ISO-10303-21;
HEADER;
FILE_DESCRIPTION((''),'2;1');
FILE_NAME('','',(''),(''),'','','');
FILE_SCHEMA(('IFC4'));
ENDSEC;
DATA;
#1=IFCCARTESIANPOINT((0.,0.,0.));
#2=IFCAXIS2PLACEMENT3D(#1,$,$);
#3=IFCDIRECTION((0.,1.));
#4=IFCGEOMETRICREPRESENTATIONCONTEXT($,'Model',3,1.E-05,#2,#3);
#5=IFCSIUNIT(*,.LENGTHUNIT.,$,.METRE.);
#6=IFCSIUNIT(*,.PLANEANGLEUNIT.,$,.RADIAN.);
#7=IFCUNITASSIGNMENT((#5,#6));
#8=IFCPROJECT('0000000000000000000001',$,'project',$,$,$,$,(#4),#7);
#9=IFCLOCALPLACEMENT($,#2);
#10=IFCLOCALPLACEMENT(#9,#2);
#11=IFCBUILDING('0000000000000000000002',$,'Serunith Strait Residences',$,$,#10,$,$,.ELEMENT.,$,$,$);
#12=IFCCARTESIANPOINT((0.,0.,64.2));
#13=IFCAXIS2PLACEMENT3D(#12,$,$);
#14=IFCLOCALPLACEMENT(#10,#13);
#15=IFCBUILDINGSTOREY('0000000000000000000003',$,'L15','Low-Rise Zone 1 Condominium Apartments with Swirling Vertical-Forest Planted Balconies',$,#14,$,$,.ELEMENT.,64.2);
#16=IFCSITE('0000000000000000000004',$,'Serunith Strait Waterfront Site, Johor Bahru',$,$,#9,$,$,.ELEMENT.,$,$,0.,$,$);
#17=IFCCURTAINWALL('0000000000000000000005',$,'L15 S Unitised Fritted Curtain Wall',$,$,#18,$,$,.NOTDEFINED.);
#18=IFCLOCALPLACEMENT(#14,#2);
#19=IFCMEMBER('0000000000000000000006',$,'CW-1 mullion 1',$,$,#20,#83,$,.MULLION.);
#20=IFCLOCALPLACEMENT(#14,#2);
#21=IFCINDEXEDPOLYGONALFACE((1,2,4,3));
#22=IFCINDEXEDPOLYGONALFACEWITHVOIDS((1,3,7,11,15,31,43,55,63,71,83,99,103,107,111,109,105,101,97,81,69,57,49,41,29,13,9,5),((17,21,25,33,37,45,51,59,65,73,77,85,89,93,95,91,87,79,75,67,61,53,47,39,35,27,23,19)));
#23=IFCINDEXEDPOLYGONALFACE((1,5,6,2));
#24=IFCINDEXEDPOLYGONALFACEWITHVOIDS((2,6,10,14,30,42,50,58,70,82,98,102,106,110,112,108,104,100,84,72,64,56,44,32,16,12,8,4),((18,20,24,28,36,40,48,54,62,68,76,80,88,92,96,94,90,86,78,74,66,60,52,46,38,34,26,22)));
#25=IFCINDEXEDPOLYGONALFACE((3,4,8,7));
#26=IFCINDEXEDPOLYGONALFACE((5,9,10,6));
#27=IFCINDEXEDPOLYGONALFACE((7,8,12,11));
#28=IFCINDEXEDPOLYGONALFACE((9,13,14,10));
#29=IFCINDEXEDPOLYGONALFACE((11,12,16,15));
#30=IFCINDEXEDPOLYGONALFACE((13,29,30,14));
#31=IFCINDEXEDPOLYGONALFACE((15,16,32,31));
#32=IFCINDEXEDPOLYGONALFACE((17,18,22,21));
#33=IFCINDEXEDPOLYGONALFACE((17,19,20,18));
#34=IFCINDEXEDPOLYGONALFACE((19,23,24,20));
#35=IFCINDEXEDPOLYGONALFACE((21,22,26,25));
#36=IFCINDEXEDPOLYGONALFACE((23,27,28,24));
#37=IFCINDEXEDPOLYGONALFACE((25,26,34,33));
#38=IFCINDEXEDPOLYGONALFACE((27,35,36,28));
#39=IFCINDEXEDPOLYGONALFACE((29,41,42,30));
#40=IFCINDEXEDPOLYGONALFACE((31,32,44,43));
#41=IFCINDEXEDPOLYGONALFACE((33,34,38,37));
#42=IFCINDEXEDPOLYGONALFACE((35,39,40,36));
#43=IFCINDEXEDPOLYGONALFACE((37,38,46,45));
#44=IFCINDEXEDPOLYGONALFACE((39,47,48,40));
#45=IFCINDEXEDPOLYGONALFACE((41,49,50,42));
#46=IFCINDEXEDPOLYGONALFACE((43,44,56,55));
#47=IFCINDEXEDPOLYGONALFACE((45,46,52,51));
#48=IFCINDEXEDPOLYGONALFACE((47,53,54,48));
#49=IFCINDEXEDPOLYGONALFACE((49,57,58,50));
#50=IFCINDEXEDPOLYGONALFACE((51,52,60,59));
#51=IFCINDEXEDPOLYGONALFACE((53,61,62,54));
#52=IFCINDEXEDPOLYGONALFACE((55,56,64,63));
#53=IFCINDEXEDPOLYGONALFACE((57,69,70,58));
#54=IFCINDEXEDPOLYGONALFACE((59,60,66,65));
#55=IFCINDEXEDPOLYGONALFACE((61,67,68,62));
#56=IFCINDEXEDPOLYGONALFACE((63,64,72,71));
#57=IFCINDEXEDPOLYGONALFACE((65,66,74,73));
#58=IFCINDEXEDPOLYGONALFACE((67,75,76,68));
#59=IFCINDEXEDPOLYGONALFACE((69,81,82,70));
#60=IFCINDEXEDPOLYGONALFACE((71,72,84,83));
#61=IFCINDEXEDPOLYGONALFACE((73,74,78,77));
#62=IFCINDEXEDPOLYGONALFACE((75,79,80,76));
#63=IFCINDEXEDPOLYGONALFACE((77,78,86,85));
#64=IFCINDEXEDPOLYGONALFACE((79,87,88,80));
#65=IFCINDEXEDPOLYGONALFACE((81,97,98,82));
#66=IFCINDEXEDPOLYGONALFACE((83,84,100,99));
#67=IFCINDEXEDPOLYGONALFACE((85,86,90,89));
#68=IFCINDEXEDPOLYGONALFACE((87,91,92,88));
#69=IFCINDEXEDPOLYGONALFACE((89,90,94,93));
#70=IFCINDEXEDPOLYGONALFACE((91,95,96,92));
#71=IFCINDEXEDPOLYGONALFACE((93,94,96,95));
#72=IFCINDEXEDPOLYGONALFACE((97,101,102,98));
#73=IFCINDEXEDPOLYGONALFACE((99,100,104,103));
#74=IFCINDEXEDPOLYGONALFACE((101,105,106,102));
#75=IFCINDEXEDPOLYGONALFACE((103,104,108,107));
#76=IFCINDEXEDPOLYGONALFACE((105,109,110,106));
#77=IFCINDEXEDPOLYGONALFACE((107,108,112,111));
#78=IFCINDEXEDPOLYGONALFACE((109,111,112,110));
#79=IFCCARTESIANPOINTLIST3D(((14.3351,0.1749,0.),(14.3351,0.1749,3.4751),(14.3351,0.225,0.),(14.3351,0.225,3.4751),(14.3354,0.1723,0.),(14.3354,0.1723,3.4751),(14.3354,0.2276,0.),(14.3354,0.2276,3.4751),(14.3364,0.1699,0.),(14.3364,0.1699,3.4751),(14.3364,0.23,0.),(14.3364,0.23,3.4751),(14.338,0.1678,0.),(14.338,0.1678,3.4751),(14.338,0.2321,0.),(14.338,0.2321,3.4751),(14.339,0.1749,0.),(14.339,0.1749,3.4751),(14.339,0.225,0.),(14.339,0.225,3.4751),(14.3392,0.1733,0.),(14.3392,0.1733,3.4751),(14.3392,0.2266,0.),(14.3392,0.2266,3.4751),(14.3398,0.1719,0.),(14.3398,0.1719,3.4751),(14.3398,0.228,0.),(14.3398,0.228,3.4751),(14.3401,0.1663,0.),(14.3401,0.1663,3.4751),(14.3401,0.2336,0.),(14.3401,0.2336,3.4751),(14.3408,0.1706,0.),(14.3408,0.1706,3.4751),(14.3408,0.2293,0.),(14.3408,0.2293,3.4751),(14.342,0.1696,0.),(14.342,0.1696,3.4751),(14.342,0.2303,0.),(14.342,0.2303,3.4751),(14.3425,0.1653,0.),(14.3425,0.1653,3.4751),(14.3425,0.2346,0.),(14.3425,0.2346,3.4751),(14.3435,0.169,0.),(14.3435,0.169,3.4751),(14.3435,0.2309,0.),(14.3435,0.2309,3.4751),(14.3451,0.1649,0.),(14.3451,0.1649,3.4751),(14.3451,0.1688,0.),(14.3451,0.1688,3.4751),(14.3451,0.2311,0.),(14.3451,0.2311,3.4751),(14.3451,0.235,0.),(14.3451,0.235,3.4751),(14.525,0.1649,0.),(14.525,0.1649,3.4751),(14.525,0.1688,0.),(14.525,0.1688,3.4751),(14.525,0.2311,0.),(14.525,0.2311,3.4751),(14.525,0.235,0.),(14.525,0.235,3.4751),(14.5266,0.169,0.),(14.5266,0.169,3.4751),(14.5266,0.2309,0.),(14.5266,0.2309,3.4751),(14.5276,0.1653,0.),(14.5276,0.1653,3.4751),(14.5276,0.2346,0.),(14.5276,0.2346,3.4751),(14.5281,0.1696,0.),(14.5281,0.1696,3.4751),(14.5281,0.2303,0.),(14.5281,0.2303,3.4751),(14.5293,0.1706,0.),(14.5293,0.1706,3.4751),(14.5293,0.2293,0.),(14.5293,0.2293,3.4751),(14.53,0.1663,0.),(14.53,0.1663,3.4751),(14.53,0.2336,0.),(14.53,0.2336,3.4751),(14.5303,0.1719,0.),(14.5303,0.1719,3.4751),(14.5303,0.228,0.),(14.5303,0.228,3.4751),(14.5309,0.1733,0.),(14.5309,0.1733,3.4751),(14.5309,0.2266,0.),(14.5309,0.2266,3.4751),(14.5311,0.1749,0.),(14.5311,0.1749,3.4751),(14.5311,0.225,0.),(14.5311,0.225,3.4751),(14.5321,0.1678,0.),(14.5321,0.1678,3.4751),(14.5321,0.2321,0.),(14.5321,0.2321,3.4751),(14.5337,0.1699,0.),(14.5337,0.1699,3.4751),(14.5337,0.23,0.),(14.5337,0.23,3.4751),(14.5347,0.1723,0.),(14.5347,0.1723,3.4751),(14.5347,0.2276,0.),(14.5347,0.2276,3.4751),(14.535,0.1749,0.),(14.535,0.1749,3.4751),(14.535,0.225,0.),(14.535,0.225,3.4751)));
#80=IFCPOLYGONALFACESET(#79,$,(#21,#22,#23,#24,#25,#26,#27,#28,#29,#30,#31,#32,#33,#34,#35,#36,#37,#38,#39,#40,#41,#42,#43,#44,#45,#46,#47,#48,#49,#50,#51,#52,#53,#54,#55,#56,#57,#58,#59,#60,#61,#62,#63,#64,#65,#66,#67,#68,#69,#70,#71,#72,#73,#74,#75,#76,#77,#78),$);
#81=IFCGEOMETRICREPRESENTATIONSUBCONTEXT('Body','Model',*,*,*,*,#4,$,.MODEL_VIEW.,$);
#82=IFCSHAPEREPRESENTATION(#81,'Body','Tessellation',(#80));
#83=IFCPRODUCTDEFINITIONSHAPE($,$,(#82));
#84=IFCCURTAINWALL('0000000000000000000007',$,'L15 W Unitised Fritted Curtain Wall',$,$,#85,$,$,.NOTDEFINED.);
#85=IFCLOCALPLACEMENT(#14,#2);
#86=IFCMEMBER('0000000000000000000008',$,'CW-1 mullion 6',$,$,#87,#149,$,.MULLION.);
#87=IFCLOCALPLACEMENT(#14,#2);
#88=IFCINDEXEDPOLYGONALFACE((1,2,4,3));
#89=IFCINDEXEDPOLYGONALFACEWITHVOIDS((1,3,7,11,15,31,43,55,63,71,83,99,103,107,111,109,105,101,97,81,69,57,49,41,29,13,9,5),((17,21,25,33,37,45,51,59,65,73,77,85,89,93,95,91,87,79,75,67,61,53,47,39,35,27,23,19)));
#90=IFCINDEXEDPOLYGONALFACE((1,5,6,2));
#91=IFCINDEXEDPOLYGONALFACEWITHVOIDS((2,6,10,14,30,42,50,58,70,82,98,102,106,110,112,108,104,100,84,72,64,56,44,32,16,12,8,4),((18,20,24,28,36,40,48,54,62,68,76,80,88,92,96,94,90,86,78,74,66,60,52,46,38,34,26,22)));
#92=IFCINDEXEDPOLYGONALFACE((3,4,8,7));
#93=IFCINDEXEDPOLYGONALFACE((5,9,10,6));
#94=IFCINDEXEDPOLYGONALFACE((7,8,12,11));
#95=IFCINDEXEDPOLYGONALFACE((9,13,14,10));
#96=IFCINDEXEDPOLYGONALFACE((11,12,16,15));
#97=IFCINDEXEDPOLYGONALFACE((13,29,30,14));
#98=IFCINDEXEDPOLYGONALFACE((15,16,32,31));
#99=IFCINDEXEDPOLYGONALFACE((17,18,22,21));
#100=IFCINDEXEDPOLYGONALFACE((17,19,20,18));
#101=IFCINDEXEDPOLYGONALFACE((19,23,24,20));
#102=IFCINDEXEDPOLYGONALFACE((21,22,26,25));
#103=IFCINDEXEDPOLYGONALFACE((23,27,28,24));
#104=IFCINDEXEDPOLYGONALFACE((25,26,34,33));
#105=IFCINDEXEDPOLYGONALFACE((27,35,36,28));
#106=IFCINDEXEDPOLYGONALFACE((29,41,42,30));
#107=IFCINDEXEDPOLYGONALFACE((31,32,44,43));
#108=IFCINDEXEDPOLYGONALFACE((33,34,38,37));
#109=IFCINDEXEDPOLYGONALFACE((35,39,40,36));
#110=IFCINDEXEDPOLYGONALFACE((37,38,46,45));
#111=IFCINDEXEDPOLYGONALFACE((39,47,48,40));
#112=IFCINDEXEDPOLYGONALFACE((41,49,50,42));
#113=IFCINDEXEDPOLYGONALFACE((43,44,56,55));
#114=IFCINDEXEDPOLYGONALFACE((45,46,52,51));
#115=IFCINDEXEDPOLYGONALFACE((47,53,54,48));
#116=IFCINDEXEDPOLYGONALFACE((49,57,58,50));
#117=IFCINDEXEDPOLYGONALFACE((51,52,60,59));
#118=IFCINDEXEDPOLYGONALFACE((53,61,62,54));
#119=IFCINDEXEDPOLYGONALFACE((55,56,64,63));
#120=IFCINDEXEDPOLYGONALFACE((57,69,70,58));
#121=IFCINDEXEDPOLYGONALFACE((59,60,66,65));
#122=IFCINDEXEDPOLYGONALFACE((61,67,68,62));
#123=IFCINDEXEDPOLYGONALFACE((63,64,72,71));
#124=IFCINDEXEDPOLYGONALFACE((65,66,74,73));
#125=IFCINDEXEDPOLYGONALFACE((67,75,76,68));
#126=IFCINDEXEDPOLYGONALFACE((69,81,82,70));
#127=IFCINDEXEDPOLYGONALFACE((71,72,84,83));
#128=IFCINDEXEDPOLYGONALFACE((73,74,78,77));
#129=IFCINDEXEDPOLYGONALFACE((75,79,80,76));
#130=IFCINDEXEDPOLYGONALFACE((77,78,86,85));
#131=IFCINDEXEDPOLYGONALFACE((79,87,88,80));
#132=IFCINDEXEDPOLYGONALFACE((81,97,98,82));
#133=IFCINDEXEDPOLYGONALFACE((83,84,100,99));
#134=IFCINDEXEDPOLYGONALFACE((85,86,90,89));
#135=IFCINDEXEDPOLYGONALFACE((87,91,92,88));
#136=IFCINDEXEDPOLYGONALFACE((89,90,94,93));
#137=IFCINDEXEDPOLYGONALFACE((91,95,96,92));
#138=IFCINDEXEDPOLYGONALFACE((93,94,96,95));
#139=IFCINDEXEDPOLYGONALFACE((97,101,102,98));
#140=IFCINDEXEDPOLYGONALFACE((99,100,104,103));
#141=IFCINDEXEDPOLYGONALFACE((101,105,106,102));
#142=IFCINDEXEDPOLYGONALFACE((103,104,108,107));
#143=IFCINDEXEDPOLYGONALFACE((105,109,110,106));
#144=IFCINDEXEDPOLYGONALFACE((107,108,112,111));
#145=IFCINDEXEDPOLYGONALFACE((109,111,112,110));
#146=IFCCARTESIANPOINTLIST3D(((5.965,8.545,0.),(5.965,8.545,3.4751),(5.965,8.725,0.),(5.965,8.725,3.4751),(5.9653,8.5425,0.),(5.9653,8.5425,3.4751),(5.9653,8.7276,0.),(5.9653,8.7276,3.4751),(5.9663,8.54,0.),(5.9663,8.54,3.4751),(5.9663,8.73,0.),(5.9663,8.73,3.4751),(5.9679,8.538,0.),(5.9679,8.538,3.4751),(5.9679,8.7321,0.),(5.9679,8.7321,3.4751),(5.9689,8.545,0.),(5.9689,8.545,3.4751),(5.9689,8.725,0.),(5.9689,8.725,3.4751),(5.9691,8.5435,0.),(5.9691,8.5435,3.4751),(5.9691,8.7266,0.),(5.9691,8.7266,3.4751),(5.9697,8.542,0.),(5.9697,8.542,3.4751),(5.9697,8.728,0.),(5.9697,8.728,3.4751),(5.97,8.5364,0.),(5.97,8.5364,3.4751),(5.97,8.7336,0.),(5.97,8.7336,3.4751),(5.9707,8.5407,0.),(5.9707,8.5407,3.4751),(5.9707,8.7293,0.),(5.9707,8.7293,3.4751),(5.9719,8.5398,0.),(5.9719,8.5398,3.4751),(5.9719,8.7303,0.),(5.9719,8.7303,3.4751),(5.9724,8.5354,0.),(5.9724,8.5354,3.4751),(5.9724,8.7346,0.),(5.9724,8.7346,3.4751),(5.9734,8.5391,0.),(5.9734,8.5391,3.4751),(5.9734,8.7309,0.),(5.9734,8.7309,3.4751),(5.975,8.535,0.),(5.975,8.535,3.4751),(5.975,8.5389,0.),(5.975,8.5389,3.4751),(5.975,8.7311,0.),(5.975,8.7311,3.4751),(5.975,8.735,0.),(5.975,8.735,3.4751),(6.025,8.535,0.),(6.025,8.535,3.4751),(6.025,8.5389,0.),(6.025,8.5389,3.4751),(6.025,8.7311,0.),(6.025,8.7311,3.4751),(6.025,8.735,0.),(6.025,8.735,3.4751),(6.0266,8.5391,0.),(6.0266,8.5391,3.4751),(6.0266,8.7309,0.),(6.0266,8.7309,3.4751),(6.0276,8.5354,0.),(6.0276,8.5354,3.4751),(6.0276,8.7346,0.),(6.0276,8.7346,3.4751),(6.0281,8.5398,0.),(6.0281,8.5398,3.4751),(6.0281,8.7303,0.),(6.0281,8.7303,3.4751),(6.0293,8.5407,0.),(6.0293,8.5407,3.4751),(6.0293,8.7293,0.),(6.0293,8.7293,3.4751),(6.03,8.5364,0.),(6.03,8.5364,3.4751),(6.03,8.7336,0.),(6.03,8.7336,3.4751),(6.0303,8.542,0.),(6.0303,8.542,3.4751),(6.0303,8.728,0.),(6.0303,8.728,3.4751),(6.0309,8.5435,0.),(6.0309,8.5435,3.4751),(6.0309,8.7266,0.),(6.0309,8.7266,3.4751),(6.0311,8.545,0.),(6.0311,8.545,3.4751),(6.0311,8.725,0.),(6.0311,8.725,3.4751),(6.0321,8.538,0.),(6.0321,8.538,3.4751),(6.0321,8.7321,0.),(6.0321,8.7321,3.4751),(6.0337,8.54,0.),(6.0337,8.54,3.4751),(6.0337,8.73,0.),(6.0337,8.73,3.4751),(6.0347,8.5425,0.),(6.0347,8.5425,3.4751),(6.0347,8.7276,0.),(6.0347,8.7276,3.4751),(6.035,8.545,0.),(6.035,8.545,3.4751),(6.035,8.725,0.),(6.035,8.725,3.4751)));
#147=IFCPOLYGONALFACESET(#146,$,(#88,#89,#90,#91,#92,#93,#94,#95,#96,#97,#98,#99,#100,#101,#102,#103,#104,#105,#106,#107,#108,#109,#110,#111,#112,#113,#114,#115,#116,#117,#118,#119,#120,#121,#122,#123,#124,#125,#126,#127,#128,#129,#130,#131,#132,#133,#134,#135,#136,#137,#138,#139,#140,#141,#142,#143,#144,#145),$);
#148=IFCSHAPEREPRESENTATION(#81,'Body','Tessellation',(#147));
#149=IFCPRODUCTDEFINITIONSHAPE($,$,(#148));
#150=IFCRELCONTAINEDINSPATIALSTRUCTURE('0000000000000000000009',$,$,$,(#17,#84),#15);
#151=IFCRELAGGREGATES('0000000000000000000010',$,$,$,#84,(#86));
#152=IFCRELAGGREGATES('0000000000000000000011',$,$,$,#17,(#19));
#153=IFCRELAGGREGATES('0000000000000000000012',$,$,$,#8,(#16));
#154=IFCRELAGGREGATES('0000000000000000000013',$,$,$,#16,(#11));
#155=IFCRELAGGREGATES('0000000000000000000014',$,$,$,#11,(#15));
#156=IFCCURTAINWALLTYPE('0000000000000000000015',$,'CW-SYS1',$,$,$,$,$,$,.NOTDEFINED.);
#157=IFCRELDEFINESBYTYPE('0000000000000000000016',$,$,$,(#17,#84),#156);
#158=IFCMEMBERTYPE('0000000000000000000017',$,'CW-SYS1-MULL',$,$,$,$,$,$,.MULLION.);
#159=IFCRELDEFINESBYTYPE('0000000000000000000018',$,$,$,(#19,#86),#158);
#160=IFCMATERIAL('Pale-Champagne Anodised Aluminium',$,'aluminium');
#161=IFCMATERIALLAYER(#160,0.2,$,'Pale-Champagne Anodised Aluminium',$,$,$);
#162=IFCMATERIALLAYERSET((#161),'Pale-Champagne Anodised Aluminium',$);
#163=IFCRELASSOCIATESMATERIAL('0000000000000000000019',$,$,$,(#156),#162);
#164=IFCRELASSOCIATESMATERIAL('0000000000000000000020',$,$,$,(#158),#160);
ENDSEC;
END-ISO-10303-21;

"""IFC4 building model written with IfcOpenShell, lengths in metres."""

from ifc_helpers import new_model, si_unit, direction, frame, origin, origin_2d, place, context, subcontext, project, spatial, hollow_rectangle, extrude, source, transform, mapped, material, layer, layer_set, material_profile, profile_set, type_object, element, aggregate, save


model = new_model("IFC4")

# Units and contexts
model_context = context("Model", 3, precision=1e-05, world=origin(), true_north=direction((0.0, 1.0)))
body_context = subcontext(model_context, "Body", "Model", "MODEL_VIEW")
ifc_project = project(units=[si_unit("LENGTHUNIT", "METRE"), si_unit("PLANEANGLEUNIT", "RADIAN")], contexts=[model_context])

# Site, building, storey
site_placement = place(None, origin())
site = spatial("IfcSite", under=ifc_project, at=site_placement, Name="Serunith Strait Waterfront Site, Johor Bahru", CompositionType="ELEMENT", RefElevation=0.0)
building_placement = place(site_placement, origin())
building = spatial("IfcBuilding", under=site, at=building_placement, Name="Serunith Strait Residences", CompositionType="ELEMENT")
storey_placement = place(building_placement, frame((0.0, 0.0, 64.2)))
storey = spatial("IfcBuildingStorey", under=building, at=storey_placement, Name="L15", Description="Low-Rise Zone 1 Condominium Apartments with Swirling Vertical-Forest Planted Balconies", CompositionType="ELEMENT", Elevation=64.2)

# Curtain walls, members
ifc_material_1 = material(Name="Pale-Champagne Anodised Aluminium", Category="aluminium")
ifc_layer_1 = layer(ifc_material_1, 0.2, Name="Pale-Champagne Anodised Aluminium")
ifc_layer_set_1 = layer_set([ifc_layer_1], Name="Pale-Champagne Anodised Aluminium")
curtain_wall_type = type_object("IfcCurtainWallType", Name="CW-SYS1", PredefinedType="NOTDEFINED", material=ifc_layer_set_1)
curtain_wall_1_placement = place(storey_placement, origin())
curtain_wall_1 = element("IfcCurtainWall", 1, at=curtain_wall_1_placement, inside=storey, type_object=curtain_wall_type, Name="L15 S Unitised Fritted Curtain Wall", PredefinedType="NOTDEFINED")
ifc_material_profile_1 = material_profile(ifc_material_1, hollow_rectangle(XDim=0.0701, YDim=0.2, WallThickness=0.0039, InnerFilletRadius=0.0061, OuterFilletRadius=0.01, at=origin_2d()), Name="ALU 200x70x4")
ifc_profile_set_1 = profile_set([ifc_material_profile_1], Name="Pale-Champagne Anodised Aluminium")
member_type_1 = type_object("IfcMemberType", Name="CW-SYS1-MULL", PredefinedType="MULLION", material=ifc_profile_set_1)
shared_shape_1 = source(origin(), body_context, "Body", "SweptSolid", [
    extrude(hollow_rectangle(XDim=0.0701, YDim=0.2, WallThickness=0.0039, InnerFilletRadius=0.0061, OuterFilletRadius=0.01, at=origin_2d()), origin(), (0.0, 0.0, 1.0), 3.4751),
])
member_1_placement = place(storey_placement, frame((14.4351, 0.2, 0.0), z_axis=(0.0, 0.0, 1.0), x_axis=(0.0, 1.0, 0.0)))
member_1 = element("IfcMember", 2, at=member_1_placement, type_object=member_type_1, Name="CW-1 mullion 1", PredefinedType="MULLION", context=body_context, shape_type="MappedRepresentation", body=[
    mapped(shared_shape_1, transform((0.0, 0.0, 0.0), scale=1.0)),
])
curtain_wall_2_placement = place(storey_placement, origin())
curtain_wall_2 = element("IfcCurtainWall", 3, at=curtain_wall_2_placement, inside=storey, type_object=curtain_wall_type, Name="L15 W Unitised Fritted Curtain Wall", PredefinedType="NOTDEFINED")
member_2_placement = place(storey_placement, frame((6.0, 8.635, 0.0), z_axis=(0.0, 0.0, 1.0), x_axis=(1.0, 0.0, 0.0)))
member_2 = element("IfcMember", 4, at=member_2_placement, type_object=member_type_1, Name="CW-1 mullion 6", PredefinedType="MULLION", context=body_context, shape_type="MappedRepresentation", body=[
    mapped(shared_shape_1, transform((0.0, 0.0, 0.0), scale=1.0)),
])
aggregate(curtain_wall_2, [member_2])

aggregate(curtain_wall_1, [member_1])

save(model, "model.ifc")
